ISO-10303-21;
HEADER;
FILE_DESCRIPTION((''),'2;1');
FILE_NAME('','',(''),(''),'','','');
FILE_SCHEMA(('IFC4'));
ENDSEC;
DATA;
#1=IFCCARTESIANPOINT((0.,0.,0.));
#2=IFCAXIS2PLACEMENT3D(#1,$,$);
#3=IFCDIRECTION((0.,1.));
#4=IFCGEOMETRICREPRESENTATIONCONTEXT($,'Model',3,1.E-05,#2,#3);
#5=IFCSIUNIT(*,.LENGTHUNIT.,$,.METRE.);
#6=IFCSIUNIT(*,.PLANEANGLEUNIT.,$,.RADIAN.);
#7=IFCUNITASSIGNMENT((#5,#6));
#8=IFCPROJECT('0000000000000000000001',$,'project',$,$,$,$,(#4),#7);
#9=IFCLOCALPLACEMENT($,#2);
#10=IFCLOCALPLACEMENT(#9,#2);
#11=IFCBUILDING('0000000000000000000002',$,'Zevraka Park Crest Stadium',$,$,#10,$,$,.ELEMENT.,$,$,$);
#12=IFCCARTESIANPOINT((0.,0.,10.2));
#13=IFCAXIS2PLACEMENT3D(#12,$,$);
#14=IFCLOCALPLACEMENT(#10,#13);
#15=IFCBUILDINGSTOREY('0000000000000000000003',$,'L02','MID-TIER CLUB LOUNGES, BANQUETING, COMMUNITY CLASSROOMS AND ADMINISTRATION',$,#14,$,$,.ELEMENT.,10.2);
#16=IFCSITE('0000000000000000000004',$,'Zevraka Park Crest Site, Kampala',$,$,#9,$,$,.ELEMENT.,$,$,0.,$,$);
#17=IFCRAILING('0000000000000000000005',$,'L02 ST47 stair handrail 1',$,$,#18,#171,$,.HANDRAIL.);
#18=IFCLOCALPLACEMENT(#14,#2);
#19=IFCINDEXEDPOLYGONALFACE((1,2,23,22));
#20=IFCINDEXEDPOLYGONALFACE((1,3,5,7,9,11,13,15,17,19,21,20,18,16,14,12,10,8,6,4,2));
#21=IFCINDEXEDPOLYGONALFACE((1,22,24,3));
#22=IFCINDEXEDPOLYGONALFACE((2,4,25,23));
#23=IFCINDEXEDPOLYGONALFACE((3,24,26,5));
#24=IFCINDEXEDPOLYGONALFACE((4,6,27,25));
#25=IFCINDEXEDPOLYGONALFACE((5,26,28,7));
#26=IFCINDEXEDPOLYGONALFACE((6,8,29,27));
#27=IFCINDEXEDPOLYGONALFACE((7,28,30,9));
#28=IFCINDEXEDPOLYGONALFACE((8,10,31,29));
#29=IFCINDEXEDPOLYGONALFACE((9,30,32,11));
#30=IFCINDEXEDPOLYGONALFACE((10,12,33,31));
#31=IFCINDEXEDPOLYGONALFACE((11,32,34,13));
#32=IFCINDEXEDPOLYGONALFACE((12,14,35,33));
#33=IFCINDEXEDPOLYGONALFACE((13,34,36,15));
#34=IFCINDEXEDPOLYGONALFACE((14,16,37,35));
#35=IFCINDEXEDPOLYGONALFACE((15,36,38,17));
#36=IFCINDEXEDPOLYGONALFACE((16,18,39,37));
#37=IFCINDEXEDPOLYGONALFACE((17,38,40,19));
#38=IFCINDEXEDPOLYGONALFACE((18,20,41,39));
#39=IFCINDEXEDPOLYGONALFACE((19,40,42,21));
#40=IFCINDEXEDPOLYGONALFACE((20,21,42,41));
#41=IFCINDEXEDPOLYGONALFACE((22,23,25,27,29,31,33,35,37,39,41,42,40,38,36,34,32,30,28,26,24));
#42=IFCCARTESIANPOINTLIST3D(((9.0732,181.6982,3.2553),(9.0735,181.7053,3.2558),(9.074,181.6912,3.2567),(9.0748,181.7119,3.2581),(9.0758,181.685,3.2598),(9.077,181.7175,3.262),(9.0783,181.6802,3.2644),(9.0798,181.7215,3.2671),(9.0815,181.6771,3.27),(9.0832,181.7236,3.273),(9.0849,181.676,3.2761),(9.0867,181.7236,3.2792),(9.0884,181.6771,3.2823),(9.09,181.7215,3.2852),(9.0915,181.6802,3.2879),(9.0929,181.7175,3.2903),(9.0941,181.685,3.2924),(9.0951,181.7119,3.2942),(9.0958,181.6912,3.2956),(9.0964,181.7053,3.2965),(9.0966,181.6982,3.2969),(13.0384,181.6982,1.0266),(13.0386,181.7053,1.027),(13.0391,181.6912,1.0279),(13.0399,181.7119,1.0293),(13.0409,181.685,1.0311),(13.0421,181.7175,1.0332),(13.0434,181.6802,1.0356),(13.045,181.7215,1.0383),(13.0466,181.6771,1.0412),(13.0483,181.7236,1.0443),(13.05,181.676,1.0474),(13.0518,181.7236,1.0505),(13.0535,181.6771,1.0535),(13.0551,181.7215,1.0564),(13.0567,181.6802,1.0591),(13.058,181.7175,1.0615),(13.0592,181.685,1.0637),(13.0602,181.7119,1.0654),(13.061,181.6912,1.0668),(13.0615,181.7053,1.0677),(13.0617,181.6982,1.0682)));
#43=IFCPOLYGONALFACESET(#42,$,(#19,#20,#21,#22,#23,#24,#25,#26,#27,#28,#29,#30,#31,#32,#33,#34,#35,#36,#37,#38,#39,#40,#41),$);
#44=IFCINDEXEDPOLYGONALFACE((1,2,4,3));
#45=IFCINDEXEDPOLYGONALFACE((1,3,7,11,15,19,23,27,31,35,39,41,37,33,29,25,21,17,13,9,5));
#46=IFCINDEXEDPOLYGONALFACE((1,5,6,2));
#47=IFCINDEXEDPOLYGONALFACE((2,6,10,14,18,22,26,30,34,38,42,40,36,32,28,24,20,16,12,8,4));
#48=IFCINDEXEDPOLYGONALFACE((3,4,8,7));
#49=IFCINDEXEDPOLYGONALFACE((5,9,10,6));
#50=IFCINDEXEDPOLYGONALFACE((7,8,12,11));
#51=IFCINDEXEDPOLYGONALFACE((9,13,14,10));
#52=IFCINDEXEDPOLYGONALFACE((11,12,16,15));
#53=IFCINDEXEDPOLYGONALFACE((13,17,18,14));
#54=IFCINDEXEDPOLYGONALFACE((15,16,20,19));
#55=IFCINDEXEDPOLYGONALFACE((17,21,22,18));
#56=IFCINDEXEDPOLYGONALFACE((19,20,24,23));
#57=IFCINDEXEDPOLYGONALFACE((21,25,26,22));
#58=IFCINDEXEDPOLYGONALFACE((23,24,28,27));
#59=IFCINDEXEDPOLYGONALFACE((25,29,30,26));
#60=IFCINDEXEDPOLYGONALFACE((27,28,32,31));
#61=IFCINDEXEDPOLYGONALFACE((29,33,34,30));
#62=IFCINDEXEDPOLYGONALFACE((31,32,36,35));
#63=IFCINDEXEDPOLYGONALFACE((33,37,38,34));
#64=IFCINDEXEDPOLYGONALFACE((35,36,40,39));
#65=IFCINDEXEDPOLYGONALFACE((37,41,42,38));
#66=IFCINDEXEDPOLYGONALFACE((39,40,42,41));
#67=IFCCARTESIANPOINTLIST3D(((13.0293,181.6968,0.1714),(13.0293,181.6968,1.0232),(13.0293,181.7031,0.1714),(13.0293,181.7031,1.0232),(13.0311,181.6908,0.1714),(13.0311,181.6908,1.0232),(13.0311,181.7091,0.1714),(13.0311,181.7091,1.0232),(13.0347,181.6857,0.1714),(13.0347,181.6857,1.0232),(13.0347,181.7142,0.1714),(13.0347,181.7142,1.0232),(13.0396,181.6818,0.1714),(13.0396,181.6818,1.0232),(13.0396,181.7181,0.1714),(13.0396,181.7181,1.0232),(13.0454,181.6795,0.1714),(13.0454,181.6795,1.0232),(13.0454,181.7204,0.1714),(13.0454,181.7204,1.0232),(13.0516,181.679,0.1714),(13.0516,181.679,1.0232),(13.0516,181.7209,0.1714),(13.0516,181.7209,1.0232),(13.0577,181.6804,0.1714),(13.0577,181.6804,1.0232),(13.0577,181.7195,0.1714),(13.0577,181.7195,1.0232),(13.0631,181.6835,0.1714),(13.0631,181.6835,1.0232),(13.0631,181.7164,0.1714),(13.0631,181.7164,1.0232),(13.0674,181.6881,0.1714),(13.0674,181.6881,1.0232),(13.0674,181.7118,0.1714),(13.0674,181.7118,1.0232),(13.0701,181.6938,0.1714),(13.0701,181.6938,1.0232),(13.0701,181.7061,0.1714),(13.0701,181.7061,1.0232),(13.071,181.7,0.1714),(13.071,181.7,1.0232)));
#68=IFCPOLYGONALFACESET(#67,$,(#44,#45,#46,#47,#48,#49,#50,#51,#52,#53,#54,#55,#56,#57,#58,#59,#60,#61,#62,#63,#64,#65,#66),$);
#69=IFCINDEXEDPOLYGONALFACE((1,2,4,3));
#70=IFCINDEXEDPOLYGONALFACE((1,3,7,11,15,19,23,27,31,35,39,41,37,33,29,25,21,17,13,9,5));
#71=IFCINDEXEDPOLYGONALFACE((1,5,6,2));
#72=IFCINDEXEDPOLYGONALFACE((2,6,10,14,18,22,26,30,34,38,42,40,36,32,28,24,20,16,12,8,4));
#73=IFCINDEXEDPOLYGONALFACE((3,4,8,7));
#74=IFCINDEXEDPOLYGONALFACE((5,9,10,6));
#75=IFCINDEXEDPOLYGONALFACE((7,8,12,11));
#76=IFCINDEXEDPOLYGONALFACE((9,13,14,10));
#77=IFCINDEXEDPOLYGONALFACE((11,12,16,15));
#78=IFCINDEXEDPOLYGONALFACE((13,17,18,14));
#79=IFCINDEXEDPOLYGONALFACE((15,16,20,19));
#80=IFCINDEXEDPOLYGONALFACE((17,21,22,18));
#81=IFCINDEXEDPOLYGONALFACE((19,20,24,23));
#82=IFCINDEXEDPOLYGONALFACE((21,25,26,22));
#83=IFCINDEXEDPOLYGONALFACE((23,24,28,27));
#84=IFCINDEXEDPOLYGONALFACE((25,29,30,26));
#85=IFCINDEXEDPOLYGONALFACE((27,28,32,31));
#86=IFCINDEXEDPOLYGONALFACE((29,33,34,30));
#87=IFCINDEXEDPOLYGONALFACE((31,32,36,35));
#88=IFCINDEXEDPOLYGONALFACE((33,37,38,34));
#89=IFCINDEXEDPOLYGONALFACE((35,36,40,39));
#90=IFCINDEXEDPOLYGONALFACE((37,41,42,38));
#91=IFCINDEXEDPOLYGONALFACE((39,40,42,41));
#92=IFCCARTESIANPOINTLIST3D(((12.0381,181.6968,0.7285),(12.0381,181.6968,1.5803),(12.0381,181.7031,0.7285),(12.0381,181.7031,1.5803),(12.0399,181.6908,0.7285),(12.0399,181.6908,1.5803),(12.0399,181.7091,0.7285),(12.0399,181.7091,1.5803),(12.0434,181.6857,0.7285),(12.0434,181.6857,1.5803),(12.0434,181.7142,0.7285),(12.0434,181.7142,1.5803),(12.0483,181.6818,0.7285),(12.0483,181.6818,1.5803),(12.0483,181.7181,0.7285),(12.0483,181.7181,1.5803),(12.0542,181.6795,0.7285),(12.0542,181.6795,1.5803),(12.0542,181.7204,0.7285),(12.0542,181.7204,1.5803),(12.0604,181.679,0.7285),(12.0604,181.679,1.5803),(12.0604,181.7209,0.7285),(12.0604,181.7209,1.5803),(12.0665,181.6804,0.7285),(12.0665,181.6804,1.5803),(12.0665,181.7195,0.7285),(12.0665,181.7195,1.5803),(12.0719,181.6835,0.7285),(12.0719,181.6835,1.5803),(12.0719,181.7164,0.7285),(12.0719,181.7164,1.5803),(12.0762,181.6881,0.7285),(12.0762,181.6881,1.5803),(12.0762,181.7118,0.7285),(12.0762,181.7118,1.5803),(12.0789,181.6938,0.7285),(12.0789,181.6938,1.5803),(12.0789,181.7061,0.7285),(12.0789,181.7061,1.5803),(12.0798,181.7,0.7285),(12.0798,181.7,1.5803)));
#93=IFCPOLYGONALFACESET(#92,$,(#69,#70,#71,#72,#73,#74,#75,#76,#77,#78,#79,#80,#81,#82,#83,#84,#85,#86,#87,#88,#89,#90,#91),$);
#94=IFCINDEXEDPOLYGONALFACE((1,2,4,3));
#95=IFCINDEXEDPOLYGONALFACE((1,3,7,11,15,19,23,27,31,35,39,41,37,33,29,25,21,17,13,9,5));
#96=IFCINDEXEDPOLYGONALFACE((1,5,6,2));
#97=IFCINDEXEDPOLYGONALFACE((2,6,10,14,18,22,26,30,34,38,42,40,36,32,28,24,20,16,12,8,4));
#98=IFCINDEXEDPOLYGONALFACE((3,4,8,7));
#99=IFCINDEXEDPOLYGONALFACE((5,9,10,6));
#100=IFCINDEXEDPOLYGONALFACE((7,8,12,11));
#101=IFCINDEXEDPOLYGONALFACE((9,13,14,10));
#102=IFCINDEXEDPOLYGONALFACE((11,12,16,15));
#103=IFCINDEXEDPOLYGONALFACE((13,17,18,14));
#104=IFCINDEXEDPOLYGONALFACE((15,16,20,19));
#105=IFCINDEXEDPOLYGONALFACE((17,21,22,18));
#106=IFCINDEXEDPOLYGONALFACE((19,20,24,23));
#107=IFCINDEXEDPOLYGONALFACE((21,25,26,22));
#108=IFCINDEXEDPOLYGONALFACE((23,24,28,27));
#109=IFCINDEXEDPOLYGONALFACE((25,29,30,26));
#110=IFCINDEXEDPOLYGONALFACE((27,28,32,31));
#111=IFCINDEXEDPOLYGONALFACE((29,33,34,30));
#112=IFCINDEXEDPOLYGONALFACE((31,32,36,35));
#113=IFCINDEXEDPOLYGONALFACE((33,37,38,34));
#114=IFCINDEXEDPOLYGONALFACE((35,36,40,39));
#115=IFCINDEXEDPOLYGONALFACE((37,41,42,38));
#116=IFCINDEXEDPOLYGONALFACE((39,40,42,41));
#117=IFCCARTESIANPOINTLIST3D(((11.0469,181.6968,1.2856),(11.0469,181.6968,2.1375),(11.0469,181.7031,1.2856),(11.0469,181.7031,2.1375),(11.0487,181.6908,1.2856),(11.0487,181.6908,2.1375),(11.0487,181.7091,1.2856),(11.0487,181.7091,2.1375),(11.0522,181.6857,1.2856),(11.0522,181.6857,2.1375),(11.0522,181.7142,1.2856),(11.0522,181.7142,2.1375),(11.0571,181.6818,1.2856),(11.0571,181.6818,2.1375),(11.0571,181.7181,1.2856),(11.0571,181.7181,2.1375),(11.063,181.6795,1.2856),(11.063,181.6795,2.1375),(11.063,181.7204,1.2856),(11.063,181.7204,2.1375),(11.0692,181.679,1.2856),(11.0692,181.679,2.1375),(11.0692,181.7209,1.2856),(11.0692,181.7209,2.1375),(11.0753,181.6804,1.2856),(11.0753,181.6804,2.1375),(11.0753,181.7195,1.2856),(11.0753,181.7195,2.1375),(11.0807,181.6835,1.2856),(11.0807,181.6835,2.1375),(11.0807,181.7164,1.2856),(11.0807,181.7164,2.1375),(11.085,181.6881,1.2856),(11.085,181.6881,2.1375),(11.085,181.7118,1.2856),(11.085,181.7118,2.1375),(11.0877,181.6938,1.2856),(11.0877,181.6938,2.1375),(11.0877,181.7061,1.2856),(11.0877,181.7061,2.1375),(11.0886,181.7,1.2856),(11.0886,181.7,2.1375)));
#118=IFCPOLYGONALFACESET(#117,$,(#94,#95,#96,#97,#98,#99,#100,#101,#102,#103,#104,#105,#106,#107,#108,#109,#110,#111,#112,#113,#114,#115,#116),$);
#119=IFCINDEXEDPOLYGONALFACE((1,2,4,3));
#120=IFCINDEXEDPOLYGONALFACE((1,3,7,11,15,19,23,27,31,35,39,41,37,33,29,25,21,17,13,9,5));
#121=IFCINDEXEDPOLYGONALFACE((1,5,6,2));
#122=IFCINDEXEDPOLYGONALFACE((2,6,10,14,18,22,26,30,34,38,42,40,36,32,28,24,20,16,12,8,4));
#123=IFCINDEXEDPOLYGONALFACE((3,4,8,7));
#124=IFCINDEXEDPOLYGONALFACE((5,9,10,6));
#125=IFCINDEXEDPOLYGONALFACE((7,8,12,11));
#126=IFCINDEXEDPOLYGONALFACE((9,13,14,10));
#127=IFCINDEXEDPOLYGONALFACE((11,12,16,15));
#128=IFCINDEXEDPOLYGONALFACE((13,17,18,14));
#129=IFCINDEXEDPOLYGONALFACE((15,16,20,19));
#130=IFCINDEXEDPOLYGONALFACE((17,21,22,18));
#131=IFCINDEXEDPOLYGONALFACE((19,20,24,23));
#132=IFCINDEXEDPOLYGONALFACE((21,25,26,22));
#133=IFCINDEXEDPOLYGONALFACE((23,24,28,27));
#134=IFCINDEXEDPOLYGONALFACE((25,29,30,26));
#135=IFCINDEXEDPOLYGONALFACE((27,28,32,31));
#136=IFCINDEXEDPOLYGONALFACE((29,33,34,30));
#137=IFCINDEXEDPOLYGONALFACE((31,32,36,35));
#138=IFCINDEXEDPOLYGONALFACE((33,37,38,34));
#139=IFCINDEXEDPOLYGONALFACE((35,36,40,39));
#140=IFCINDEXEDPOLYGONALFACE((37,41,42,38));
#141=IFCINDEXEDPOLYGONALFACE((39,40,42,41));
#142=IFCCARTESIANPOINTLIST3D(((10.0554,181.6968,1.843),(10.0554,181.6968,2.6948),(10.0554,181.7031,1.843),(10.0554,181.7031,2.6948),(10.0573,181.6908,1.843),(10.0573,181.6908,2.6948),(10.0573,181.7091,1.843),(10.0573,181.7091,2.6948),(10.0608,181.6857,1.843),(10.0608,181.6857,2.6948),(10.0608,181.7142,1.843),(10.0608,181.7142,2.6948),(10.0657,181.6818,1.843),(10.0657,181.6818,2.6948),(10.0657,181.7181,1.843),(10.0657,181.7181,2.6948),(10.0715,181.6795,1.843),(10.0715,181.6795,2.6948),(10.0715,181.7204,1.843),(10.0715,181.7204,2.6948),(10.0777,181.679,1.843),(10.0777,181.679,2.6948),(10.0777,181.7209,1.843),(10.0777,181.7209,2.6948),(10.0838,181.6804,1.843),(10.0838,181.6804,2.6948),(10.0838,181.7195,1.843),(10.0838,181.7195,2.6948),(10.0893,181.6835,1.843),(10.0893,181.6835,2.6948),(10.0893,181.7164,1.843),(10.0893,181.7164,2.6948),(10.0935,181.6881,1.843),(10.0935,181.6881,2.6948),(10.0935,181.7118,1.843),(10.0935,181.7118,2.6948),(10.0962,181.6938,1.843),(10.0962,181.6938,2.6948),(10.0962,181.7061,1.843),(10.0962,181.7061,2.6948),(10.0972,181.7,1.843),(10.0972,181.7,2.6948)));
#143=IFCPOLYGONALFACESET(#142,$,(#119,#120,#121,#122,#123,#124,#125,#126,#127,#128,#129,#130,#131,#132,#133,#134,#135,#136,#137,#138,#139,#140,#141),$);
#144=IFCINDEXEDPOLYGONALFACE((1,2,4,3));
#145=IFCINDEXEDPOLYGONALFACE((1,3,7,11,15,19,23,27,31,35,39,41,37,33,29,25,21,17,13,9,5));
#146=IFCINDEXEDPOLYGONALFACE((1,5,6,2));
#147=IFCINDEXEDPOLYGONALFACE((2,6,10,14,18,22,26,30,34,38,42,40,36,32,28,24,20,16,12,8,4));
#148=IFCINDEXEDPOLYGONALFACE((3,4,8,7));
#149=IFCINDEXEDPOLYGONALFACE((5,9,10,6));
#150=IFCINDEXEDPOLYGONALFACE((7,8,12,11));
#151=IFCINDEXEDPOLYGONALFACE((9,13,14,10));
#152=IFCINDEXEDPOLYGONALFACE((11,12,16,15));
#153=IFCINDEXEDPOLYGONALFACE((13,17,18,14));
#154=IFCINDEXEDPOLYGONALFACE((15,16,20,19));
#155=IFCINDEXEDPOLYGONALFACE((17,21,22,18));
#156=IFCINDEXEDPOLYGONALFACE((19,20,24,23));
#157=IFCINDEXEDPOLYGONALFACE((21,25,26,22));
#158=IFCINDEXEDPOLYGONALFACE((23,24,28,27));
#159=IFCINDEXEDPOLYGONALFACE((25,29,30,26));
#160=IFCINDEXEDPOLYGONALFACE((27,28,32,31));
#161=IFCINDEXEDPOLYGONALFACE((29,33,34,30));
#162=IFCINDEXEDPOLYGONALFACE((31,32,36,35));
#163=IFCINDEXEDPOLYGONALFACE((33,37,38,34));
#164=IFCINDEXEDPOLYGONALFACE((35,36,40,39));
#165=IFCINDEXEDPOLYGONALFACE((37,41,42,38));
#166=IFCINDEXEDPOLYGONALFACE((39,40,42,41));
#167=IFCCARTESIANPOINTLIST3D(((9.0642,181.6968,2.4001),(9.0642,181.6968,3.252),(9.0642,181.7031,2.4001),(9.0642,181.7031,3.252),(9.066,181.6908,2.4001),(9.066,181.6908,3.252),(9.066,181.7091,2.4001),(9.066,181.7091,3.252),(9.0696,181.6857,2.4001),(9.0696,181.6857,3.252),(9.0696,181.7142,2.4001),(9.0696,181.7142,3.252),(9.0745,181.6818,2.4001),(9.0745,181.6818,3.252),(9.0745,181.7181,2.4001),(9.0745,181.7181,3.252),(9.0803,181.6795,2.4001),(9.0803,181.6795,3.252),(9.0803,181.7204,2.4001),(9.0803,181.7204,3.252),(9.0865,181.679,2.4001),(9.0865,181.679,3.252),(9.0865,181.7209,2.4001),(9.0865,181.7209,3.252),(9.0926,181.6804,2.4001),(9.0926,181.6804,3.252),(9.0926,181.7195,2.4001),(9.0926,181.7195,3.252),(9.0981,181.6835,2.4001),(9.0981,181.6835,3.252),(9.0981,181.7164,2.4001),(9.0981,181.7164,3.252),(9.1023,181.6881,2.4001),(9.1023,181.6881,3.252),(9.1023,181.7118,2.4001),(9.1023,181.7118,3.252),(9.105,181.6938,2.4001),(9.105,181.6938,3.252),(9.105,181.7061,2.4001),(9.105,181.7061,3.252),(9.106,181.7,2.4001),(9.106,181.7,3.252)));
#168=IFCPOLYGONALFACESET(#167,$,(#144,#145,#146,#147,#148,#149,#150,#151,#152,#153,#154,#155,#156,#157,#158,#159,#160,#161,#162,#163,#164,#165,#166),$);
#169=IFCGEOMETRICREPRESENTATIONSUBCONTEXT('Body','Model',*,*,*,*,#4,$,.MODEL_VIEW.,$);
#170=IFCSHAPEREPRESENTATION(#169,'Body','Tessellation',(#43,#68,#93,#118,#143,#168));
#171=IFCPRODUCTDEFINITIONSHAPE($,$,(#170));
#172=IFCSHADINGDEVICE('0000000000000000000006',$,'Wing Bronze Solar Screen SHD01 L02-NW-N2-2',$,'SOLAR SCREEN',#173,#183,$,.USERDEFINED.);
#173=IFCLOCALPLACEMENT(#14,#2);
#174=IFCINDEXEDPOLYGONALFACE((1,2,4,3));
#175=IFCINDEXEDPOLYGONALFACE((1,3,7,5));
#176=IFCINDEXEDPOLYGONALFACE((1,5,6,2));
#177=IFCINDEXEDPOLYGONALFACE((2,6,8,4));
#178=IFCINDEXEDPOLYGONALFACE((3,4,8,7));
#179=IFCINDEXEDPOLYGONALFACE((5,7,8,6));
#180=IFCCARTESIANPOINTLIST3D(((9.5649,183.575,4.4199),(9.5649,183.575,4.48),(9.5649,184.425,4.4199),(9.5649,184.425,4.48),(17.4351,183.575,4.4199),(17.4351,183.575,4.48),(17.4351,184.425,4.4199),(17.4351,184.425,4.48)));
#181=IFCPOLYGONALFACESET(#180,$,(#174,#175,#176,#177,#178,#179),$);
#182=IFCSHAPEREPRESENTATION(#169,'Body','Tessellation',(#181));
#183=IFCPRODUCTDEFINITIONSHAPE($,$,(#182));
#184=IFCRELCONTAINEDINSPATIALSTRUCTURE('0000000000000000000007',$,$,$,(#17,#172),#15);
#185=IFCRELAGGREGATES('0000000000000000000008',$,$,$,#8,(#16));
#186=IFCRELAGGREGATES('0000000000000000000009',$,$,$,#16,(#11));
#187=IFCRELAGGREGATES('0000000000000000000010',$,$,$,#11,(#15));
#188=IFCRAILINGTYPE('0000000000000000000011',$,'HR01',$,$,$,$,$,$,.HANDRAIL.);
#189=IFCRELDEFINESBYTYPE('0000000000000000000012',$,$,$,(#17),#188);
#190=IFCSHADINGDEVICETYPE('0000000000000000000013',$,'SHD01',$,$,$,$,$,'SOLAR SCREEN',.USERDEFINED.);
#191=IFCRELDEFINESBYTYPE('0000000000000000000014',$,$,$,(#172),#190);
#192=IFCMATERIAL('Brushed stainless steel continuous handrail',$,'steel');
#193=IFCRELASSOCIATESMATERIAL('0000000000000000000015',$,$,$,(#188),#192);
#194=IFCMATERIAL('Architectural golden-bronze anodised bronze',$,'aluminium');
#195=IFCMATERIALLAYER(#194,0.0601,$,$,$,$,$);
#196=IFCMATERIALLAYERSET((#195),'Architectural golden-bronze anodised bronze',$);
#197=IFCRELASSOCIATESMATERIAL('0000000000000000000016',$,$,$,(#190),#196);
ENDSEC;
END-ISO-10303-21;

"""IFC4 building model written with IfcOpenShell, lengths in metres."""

from ifc_helpers import new_model, si_unit, direction, frame, origin, origin_2d, place, context, subcontext, project, spatial, rectangle, circle, extrude, material, layer, layer_set, type_object, element, save


model = new_model("IFC4")

# Units and contexts
model_context = context("Model", 3, precision=1e-05, world=origin(), true_north=direction((0.0, 1.0)))
body_context = subcontext(model_context, "Body", "Model", "MODEL_VIEW")
ifc_project = project(units=[si_unit("LENGTHUNIT", "METRE"), si_unit("PLANEANGLEUNIT", "RADIAN")], contexts=[model_context])

# Site, building, storey
site_placement = place(None, origin())
site = spatial("IfcSite", under=ifc_project, at=site_placement, Name="Zevraka Park Crest Site, Kampala", CompositionType="ELEMENT", RefElevation=0.0)
building_placement = place(site_placement, origin())
building = spatial("IfcBuilding", under=site, at=building_placement, Name="Zevraka Park Crest Stadium", CompositionType="ELEMENT")
storey_placement = place(building_placement, frame((0.0, 0.0, 10.2)))
storey = spatial("IfcBuildingStorey", under=building, at=storey_placement, Name="L02", Description="MID-TIER CLUB LOUNGES, BANQUETING, COMMUNITY CLASSROOMS AND ADMINISTRATION", CompositionType="ELEMENT", Elevation=10.2)

# Railing
ifc_material_1 = material(Name="Brushed stainless steel continuous handrail", Category="steel")
railing_type = type_object("IfcRailingType", Name="HR01", PredefinedType="HANDRAIL", material=ifc_material_1)
railing_placement = place(storey_placement, frame((13.05, 181.7, 0.1714)))
element("IfcRailing", 1, at=railing_placement, inside=storey, type_object=railing_type, Name="L02 ST47 stair handrail 1", PredefinedType="HANDRAIL", context=body_context, shape_type="SweptSolid", body=[
    extrude(circle(Radius=0.0239, at=origin_2d()), frame((0.0, 0.0, 0.876), z_axis=(-0.871726, 0.0, 0.489994), x_axis=(0.0, -1.0, 0.0)), (0.0, 0.0, 1.0), 4.5486),
    extrude(circle(Radius=0.021, at=origin_2d()), origin(), (0.0, 0.0, 1.0), 0.8518),
    extrude(circle(Radius=0.021, at=origin_2d()), frame((-0.9912, 0.0, 0.5571)), (0.0, 0.0, 1.0), 0.8518),
    extrude(circle(Radius=0.021, at=origin_2d()), frame((-1.9824, 0.0, 1.1143)), (0.0, 0.0, 1.0), 0.8518),
    extrude(circle(Radius=0.021, at=origin_2d()), frame((-2.9739, 0.0, 1.6716)), (0.0, 0.0, 1.0), 0.8518),
    extrude(circle(Radius=0.021, at=origin_2d()), frame((-3.9651, 0.0, 2.2288)), (0.0, 0.0, 1.0), 0.8518),
])

# Shading device
ifc_material_2 = material(Name="Architectural golden-bronze anodised bronze", Category="aluminium")
ifc_layer_1 = layer(ifc_material_2, 0.0601)
ifc_layer_set_1 = layer_set([ifc_layer_1], Name="Architectural golden-bronze anodised bronze")
shading_device_type = type_object("IfcShadingDeviceType", Name="SHD01", ElementType="SOLAR SCREEN", PredefinedType="USERDEFINED", material=ifc_layer_set_1)
shading_device_placement = place(storey_placement, frame((13.5, 184.0, 4.4199), z_axis=(0.0, 0.0, 1.0), x_axis=(1.0, 0.0, 0.0)))
element("IfcShadingDevice", 2, at=shading_device_placement, inside=storey, type_object=shading_device_type, Name="Wing Bronze Solar Screen SHD01 L02-NW-N2-2", ObjectType="SOLAR SCREEN", PredefinedType="USERDEFINED", context=body_context, shape_type="SweptSolid", body=[
    extrude(rectangle(XDim=7.8701, YDim=0.8501, at=origin_2d()), origin(), (0.0, 0.0, 1.0), 0.0601),
])

save(model, "model.ifc")
